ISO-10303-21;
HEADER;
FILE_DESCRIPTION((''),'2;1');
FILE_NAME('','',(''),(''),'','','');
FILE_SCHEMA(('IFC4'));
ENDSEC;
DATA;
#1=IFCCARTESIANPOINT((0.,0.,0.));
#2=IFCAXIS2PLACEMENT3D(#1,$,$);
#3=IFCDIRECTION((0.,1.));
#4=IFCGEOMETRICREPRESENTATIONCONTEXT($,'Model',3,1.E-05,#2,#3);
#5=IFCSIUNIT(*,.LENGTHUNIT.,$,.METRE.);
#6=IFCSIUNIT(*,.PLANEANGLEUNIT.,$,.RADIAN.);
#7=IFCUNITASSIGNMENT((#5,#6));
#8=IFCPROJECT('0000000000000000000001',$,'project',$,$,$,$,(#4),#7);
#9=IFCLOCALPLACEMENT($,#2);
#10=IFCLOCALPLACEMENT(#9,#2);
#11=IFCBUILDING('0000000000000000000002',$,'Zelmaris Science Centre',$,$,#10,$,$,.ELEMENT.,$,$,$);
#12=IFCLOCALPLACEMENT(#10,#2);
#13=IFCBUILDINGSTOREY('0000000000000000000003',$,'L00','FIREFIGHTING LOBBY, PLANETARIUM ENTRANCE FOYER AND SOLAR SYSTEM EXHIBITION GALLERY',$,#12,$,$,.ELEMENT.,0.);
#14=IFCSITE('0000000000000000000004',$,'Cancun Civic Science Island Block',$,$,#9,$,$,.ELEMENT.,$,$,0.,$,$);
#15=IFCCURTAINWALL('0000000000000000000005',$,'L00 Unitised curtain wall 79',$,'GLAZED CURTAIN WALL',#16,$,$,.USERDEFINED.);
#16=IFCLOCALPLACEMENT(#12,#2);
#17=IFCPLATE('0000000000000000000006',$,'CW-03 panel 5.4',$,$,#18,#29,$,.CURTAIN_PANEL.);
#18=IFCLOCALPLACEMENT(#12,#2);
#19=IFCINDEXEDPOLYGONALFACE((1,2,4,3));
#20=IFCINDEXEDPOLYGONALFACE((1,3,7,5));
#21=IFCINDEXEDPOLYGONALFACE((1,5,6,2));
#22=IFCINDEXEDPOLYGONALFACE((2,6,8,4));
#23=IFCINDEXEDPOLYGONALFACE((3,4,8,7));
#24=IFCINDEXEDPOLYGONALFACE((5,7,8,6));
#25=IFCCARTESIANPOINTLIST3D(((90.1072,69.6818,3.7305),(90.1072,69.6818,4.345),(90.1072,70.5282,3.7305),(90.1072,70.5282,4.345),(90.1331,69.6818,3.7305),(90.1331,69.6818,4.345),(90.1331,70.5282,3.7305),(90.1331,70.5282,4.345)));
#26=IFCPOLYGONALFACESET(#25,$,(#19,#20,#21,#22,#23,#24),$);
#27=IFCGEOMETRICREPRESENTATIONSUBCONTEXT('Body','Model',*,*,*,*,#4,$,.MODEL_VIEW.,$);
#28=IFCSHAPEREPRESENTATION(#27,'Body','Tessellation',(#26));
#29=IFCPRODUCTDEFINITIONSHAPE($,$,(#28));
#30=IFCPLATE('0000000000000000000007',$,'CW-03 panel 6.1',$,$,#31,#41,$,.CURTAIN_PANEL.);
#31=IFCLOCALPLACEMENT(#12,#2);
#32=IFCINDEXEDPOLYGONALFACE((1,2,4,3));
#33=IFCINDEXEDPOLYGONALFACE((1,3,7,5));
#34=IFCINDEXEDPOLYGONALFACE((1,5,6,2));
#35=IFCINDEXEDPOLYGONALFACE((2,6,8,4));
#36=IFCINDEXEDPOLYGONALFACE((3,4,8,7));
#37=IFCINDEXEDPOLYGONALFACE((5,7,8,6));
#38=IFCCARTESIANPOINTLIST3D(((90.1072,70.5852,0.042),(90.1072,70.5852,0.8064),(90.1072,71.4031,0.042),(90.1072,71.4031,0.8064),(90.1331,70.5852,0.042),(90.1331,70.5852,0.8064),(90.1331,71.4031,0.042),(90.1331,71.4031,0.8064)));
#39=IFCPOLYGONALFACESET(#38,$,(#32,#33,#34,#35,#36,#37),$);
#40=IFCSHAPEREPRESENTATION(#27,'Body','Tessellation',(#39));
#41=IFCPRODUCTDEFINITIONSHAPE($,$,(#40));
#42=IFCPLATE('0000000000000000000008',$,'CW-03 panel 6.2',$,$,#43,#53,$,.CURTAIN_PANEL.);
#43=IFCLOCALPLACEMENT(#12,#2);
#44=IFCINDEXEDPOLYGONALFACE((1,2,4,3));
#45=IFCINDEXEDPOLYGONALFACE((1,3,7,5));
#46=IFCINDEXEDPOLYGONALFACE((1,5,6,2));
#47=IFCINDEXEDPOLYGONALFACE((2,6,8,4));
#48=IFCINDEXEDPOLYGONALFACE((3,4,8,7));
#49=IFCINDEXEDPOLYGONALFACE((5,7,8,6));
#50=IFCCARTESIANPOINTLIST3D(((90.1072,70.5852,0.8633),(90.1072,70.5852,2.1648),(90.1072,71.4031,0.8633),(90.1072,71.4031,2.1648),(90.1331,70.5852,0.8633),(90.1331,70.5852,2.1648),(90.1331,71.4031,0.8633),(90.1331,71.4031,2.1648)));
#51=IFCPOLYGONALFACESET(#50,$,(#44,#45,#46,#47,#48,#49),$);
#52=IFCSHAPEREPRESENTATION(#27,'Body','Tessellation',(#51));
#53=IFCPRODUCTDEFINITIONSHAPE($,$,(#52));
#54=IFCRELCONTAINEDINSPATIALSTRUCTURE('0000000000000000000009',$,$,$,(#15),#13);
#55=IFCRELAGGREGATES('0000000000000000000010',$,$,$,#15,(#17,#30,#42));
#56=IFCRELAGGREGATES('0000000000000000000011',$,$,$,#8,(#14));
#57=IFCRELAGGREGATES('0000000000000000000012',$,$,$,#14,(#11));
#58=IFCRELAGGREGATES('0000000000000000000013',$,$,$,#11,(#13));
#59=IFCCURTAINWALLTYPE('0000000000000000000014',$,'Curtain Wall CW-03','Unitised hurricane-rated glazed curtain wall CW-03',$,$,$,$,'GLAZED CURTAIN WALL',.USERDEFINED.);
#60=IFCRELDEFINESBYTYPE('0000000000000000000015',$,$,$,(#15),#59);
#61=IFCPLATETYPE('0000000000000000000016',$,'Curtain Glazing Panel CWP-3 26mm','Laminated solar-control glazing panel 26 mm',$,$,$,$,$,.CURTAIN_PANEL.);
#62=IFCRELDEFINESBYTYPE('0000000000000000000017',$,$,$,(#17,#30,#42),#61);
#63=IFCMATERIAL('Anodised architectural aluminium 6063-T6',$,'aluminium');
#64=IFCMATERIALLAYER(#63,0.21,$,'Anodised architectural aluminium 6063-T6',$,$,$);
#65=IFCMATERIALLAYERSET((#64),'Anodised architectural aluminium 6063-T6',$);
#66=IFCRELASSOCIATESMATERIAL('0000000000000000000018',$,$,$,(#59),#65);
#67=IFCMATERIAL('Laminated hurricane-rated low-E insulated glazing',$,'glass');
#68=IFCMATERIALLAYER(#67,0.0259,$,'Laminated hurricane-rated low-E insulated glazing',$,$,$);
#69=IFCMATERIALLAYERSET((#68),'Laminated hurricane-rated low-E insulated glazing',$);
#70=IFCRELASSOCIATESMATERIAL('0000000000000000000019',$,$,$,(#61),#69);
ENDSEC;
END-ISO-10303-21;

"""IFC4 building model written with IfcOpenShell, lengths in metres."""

from ifc_helpers import new_model, si_unit, direction, frame, origin, origin_2d, place, context, subcontext, project, spatial, rectangle, extrude, material, layer, layer_set, type_object, element, aggregate, save


model = new_model("IFC4")

# Units and contexts
model_context = context("Model", 3, precision=1e-05, world=origin(), true_north=direction((0.0, 1.0)))
body_context = subcontext(model_context, "Body", "Model", "MODEL_VIEW")
ifc_project = project(units=[si_unit("LENGTHUNIT", "METRE"), si_unit("PLANEANGLEUNIT", "RADIAN")], contexts=[model_context])

# Site, building, storey
site_placement = place(None, origin())
site = spatial("IfcSite", under=ifc_project, at=site_placement, Name="Cancun Civic Science Island Block", CompositionType="ELEMENT", RefElevation=0.0)
building_placement = place(site_placement, origin())
building = spatial("IfcBuilding", under=site, at=building_placement, Name="Zelmaris Science Centre", CompositionType="ELEMENT")
storey_placement = place(building_placement, origin())
storey = spatial("IfcBuildingStorey", under=building, at=storey_placement, Name="L00", Description="FIREFIGHTING LOBBY, PLANETARIUM ENTRANCE FOYER AND SOLAR SYSTEM EXHIBITION GALLERY", CompositionType="ELEMENT", Elevation=0.0)

# Curtain wall
ifc_material_1 = material(Name="Anodised architectural aluminium 6063-T6", Category="aluminium")
ifc_layer_1 = layer(ifc_material_1, 0.21, Name="Anodised architectural aluminium 6063-T6")
ifc_layer_set_1 = layer_set([ifc_layer_1], Name="Anodised architectural aluminium 6063-T6")
curtain_wall_type = type_object("IfcCurtainWallType", Name="Curtain Wall CW-03", Description="Unitised hurricane-rated glazed curtain wall CW-03", ElementType="GLAZED CURTAIN WALL", PredefinedType="USERDEFINED", material=ifc_layer_set_1)
curtain_wall_placement = place(storey_placement, origin())
curtain_wall = element("IfcCurtainWall", 1, at=curtain_wall_placement, inside=storey, type_object=curtain_wall_type, Name="L00 Unitised curtain wall 79", ObjectType="GLAZED CURTAIN WALL", PredefinedType="USERDEFINED")

# Plates
ifc_material_2 = material(Name="Laminated hurricane-rated low-E insulated glazing", Category="glass")
ifc_layer_2 = layer(ifc_material_2, 0.0259, Name="Laminated hurricane-rated low-E insulated glazing")
ifc_layer_set_2 = layer_set([ifc_layer_2], Name="Laminated hurricane-rated low-E insulated glazing")
plate_type = type_object("IfcPlateType", Name="Curtain Glazing Panel CWP-3 26mm", Description="Laminated solar-control glazing panel 26 mm", PredefinedType="CURTAIN_PANEL", material=ifc_layer_set_2)
plate_1_placement = place(storey_placement, frame((90.1201, 70.105, 3.7305), z_axis=(0.0, 0.0, 1.0), x_axis=(0.0, 1.0, 0.0)))
plate_1 = element("IfcPlate", 2, at=plate_1_placement, type_object=plate_type, Name="CW-03 panel 5.4", PredefinedType="CURTAIN_PANEL", context=body_context, shape_type="SweptSolid", body=[
    extrude(rectangle(XDim=0.8464, YDim=0.0259, at=origin_2d()), origin(), (0.0, 0.0, 1.0), 0.6145),
])
plate_2_placement = place(storey_placement, frame((90.1201, 70.9941, 0.042), z_axis=(0.0, 0.0, 1.0), x_axis=(0.0, 1.0, 0.0)))
plate_2 = element("IfcPlate", 3, at=plate_2_placement, type_object=plate_type, Name="CW-03 panel 6.1", PredefinedType="CURTAIN_PANEL", context=body_context, shape_type="SweptSolid", body=[
    extrude(rectangle(XDim=0.8179, YDim=0.0259, at=origin_2d()), origin(), (0.0, 0.0, 1.0), 0.7644),
])
plate_3_placement = place(storey_placement, frame((90.1201, 70.9941, 0.8633), z_axis=(0.0, 0.0, 1.0), x_axis=(0.0, 1.0, 0.0)))
plate_3 = element("IfcPlate", 4, at=plate_3_placement, type_object=plate_type, Name="CW-03 panel 6.2", PredefinedType="CURTAIN_PANEL", context=body_context, shape_type="SweptSolid", body=[
    extrude(rectangle(XDim=0.8179, YDim=0.0259, at=origin_2d()), origin(), (0.0, 0.0, 1.0), 1.3015),
])
aggregate(curtain_wall, [plate_1, plate_2, plate_3])

save(model, "model.ifc")
